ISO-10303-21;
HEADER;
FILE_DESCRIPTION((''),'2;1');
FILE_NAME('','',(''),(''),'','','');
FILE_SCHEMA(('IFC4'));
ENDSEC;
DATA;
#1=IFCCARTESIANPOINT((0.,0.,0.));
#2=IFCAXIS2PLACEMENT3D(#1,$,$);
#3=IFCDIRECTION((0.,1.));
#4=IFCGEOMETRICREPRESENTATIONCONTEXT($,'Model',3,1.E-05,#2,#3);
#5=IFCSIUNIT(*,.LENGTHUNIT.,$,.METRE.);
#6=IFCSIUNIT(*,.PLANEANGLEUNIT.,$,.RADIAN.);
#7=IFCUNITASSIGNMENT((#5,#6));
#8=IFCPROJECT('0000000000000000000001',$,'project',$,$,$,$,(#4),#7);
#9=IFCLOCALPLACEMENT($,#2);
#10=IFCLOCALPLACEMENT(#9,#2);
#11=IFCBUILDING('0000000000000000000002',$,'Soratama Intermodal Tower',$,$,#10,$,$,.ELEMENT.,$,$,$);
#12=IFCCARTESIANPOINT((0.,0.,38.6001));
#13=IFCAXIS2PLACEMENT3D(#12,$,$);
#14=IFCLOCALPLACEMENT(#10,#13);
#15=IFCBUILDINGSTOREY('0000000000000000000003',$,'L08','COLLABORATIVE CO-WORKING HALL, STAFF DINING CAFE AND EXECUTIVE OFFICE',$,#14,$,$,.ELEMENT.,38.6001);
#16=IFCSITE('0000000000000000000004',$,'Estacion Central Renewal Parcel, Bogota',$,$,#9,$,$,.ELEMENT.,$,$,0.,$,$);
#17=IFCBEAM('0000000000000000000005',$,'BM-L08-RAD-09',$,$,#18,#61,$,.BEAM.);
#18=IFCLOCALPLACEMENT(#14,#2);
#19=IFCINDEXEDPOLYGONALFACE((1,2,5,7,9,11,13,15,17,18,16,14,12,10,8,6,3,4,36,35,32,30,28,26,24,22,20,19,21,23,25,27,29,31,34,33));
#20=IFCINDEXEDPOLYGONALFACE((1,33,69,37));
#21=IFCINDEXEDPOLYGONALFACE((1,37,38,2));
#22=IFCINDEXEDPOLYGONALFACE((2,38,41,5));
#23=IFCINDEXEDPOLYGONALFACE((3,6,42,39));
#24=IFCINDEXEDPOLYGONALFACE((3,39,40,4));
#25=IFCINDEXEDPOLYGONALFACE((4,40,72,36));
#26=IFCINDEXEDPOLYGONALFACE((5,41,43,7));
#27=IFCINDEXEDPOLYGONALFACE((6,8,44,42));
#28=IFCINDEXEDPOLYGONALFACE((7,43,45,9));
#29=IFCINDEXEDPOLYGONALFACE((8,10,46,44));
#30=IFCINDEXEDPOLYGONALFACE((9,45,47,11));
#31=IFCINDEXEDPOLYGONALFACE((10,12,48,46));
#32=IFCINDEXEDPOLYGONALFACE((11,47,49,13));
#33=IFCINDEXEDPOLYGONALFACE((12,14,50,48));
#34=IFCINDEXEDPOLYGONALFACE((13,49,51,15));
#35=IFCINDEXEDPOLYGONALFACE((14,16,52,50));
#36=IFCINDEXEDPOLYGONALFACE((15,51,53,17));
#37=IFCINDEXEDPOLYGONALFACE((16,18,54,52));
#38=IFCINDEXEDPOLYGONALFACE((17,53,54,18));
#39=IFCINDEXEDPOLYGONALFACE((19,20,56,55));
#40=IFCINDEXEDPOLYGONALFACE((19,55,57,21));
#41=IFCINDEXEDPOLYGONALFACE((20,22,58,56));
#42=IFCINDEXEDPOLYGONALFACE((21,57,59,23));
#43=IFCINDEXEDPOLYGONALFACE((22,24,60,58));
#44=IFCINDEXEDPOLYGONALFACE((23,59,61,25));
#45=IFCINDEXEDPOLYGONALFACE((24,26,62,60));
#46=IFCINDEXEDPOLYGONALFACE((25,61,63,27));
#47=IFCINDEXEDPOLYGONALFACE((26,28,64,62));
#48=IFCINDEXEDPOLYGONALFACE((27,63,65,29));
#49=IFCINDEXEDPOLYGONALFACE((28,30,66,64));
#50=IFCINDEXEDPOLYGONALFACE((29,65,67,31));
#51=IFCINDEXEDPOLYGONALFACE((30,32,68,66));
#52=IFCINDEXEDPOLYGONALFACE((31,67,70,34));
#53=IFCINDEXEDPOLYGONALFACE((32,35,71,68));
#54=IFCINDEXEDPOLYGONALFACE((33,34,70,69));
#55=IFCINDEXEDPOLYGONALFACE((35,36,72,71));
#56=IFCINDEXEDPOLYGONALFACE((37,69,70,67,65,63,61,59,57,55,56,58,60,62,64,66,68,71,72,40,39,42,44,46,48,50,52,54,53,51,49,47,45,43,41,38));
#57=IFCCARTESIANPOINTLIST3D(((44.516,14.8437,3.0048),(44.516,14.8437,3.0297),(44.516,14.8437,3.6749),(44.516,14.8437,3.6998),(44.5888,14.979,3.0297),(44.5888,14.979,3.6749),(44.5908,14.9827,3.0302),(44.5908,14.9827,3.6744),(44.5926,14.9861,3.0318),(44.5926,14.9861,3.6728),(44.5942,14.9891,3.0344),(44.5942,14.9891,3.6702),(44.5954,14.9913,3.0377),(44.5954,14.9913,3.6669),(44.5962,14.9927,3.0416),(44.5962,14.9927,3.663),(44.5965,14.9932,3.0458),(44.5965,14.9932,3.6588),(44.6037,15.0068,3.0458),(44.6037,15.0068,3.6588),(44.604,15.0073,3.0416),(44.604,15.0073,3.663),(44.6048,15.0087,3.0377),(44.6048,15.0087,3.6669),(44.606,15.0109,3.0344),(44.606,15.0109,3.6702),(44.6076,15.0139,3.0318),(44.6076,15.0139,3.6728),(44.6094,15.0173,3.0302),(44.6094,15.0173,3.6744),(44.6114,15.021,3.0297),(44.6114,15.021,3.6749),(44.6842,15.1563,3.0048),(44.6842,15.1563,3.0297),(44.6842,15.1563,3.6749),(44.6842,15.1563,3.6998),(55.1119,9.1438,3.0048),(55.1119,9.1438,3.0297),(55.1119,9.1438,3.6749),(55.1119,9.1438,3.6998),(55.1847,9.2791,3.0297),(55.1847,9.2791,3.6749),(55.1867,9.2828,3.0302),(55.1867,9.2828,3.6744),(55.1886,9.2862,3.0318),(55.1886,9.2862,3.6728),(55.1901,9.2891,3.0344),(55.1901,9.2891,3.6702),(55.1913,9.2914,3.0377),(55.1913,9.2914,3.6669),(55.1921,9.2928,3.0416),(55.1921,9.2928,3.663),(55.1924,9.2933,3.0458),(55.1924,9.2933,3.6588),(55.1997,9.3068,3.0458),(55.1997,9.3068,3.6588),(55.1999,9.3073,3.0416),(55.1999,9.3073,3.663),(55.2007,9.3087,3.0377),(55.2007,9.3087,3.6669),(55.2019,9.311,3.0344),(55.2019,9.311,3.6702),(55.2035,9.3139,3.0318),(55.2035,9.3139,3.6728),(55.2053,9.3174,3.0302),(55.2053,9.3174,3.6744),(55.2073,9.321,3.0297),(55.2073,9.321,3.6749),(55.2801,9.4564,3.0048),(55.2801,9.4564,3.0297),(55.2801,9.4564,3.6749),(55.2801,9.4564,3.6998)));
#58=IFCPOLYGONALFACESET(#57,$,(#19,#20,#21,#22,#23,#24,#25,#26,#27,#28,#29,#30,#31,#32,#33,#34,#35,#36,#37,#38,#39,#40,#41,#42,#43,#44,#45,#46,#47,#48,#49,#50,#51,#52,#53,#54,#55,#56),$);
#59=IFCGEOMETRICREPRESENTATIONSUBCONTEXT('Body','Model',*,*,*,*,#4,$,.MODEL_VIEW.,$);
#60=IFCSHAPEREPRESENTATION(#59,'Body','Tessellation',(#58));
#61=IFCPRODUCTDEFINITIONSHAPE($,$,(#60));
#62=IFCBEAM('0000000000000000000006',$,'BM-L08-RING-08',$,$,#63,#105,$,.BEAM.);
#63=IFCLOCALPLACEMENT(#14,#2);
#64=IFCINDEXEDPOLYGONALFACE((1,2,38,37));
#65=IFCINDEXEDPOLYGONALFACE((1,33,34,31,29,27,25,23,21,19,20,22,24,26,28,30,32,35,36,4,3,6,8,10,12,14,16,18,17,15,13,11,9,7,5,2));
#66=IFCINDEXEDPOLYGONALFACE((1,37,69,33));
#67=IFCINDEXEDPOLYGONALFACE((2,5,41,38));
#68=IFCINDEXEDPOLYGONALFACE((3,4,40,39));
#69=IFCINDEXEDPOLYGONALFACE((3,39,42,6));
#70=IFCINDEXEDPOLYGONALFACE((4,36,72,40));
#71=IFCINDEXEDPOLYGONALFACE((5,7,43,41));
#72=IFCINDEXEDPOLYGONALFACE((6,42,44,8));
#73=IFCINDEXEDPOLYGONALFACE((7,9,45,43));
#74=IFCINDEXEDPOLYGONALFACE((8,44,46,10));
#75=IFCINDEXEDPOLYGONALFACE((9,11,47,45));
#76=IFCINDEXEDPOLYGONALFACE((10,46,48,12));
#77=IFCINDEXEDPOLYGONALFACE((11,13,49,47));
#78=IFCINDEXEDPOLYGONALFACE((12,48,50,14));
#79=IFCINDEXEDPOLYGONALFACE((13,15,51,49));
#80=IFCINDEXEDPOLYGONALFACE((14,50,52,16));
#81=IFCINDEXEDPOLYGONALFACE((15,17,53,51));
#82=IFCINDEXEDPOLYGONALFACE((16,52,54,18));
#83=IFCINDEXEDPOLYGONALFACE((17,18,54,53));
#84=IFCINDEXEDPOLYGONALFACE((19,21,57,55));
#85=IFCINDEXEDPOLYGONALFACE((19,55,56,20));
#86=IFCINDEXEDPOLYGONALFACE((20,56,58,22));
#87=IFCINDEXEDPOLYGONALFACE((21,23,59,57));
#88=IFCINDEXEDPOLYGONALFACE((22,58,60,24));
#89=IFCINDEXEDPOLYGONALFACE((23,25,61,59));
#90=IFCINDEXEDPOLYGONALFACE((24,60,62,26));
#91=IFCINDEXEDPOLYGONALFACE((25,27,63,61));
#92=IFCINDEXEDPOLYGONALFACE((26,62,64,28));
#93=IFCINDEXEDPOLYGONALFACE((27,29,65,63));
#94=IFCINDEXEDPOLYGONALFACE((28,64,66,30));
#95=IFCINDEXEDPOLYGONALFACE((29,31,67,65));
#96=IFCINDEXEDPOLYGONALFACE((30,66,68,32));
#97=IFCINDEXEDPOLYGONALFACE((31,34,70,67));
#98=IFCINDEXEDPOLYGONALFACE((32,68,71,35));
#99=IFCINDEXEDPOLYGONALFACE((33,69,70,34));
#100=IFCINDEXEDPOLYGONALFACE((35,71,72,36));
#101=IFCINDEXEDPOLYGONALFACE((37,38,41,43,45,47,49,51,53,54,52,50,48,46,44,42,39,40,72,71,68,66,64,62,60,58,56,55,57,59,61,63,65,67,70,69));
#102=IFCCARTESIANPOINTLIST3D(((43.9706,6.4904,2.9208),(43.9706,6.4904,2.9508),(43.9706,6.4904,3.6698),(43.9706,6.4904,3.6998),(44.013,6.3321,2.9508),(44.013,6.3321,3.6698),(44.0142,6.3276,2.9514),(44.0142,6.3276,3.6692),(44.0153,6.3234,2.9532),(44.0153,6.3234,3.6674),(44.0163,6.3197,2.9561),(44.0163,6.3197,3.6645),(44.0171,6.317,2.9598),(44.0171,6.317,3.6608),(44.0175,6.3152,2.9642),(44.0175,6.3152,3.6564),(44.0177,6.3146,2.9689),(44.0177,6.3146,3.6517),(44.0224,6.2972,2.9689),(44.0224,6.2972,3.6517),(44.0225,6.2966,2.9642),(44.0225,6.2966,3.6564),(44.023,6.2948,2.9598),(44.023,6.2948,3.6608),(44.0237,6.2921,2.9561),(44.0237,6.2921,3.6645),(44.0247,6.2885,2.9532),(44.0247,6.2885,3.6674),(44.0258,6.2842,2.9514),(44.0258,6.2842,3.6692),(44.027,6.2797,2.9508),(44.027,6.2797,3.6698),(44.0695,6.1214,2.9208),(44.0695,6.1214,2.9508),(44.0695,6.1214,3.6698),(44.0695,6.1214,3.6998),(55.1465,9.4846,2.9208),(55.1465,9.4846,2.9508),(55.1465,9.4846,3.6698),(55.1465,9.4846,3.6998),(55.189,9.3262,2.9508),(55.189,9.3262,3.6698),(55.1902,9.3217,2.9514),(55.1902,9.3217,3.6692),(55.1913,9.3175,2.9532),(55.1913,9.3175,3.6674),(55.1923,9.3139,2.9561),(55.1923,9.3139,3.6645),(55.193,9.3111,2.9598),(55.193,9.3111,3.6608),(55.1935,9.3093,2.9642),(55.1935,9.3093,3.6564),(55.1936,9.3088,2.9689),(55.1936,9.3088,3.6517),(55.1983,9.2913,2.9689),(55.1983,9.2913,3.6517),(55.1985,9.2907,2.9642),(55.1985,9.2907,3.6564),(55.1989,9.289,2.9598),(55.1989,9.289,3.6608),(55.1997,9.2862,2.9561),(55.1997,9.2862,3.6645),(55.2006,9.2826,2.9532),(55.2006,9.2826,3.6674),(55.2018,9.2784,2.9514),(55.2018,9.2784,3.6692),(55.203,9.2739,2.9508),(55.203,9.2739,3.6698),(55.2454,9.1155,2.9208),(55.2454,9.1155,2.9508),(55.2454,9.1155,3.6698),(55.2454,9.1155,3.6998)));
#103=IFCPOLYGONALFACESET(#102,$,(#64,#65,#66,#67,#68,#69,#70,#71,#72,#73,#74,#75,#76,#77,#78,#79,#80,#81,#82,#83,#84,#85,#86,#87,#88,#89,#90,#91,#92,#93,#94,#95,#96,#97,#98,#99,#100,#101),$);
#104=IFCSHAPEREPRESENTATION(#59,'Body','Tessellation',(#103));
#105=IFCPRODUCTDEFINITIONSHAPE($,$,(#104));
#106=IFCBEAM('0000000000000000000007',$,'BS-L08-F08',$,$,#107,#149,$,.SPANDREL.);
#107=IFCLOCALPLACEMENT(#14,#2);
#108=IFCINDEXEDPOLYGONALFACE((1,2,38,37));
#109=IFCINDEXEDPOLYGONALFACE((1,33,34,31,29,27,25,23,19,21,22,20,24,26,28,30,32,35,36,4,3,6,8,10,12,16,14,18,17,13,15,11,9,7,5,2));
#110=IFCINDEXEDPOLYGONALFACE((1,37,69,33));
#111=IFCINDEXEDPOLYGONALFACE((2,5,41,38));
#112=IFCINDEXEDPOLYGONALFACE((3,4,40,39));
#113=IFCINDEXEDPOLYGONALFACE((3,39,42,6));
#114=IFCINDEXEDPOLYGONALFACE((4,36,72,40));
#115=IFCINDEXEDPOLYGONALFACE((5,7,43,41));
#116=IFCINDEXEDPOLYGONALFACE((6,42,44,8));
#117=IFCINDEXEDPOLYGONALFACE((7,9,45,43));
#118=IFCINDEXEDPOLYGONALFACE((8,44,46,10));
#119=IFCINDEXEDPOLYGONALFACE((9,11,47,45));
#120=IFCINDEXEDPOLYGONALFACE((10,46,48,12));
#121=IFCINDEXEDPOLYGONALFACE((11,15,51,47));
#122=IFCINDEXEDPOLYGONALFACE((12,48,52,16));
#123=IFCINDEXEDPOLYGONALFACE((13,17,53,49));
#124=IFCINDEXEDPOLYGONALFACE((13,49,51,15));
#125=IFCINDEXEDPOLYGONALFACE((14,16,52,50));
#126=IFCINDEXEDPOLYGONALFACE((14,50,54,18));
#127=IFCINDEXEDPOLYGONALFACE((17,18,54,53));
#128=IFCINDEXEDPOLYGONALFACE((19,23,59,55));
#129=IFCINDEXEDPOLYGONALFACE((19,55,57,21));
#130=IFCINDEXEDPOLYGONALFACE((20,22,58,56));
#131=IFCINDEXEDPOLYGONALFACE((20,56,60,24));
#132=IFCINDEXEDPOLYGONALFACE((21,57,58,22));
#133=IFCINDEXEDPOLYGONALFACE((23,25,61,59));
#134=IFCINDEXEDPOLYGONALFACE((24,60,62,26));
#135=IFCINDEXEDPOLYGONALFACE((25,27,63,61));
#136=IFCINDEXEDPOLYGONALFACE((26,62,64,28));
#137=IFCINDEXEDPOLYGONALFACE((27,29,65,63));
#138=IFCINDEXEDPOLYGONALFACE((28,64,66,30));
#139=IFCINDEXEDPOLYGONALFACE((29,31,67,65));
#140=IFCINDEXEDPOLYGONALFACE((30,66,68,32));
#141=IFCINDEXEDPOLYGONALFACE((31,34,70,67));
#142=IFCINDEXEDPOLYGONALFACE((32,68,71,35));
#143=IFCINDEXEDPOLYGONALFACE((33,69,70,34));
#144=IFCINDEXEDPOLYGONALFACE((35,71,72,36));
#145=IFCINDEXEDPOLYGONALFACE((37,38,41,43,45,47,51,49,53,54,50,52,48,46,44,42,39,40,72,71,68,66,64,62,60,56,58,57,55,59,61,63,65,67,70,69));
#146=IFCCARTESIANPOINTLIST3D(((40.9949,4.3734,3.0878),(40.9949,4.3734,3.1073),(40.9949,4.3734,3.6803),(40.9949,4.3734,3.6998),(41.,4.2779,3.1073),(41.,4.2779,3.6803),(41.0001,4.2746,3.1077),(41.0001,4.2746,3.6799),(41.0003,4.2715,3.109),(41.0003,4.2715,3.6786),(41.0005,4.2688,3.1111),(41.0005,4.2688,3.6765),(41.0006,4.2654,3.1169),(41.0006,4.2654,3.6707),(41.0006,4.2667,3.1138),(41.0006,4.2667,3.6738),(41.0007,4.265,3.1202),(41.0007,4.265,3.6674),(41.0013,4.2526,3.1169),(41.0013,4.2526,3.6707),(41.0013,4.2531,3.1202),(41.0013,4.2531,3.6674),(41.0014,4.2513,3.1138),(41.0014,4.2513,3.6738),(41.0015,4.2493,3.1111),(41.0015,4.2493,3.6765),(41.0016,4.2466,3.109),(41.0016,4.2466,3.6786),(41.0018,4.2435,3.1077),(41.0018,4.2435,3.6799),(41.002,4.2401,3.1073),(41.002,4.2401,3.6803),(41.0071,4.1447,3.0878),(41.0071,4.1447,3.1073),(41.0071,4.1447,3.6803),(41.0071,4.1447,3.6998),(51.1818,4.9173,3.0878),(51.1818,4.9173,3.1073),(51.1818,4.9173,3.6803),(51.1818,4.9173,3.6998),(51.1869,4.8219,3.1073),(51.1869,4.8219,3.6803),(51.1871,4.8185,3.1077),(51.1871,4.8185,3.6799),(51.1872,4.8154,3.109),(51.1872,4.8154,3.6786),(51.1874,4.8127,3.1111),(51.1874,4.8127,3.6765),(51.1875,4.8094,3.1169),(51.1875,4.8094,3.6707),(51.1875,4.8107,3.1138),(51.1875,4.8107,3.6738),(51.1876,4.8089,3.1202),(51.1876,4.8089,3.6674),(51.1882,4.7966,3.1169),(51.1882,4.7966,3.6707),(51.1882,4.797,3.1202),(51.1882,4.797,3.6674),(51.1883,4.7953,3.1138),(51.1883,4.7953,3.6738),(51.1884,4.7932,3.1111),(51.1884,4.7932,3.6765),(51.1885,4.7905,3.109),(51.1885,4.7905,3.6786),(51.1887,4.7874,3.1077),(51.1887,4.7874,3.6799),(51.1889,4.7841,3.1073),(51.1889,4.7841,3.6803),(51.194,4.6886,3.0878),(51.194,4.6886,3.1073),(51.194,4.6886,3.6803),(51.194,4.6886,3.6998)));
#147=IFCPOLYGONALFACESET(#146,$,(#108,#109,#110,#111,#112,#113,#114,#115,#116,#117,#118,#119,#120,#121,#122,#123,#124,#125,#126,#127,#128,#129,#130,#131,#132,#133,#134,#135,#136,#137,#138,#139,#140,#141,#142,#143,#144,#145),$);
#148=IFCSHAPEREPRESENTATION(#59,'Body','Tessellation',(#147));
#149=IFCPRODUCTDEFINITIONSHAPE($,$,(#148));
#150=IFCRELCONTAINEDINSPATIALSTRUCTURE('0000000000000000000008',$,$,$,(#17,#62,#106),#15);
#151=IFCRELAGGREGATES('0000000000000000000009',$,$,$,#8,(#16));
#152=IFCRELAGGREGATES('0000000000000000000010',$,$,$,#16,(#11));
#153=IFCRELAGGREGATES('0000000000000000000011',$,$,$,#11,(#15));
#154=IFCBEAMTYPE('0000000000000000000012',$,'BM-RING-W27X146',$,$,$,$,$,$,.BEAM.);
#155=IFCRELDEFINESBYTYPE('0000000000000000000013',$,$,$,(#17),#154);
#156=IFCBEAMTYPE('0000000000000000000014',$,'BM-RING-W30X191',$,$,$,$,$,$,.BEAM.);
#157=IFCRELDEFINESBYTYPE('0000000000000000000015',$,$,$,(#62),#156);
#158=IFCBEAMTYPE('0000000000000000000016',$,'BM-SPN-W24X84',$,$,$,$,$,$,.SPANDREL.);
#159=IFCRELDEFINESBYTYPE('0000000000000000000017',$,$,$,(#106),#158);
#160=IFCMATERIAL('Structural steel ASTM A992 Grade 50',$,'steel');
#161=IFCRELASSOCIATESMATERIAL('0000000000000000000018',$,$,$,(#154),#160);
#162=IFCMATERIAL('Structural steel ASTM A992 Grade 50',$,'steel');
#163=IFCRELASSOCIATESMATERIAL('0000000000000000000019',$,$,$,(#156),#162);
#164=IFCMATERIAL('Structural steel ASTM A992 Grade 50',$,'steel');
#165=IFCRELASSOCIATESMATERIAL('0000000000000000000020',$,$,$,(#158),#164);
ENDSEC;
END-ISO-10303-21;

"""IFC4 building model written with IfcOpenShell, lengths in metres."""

from ifc_helpers import new_model, si_unit, direction, frame, origin, origin_2d, place, context, subcontext, project, spatial, i_section, extrude, material, material_profile, profile_set, type_object, element, save


model = new_model("IFC4")

# Units and contexts
model_context = context("Model", 3, precision=1e-05, world=origin(), true_north=direction((0.0, 1.0)))
body_context = subcontext(model_context, "Body", "Model", "MODEL_VIEW")
ifc_project = project(units=[si_unit("LENGTHUNIT", "METRE"), si_unit("PLANEANGLEUNIT", "RADIAN")], contexts=[model_context])

# Site, building, storey
site_placement = place(None, origin())
site = spatial("IfcSite", under=ifc_project, at=site_placement, Name="Estacion Central Renewal Parcel, Bogota", CompositionType="ELEMENT", RefElevation=0.0)
building_placement = place(site_placement, origin())
building = spatial("IfcBuilding", under=site, at=building_placement, Name="Soratama Intermodal Tower", CompositionType="ELEMENT")
storey_placement = place(building_placement, frame((0.0, 0.0, 38.6001)))
storey = spatial("IfcBuildingStorey", under=building, at=storey_placement, Name="L08", Description="COLLABORATIVE CO-WORKING HALL, STAFF DINING CAFE AND EXECUTIVE OFFICE", CompositionType="ELEMENT", Elevation=38.6001)

# Beams
ifc_material_1 = material(Name="Structural steel ASTM A992 Grade 50", Category="steel")
ifc_material_profile_1 = material_profile(ifc_material_1, i_section(OverallWidth=0.355, OverallDepth=0.6951, WebThickness=0.0154, FlangeThickness=0.0249, FilletRadius=0.0161, at=origin_2d()), Name="W27X146")
ifc_profile_set_1 = profile_set([ifc_material_profile_1], Name="Structural steel ASTM A992 Grade 50")
beam_type_1 = type_object("IfcBeamType", Name="BM-RING-W27X146", PredefinedType="BEAM", material=ifc_profile_set_1)
beam_1_placement = place(storey_placement, frame((44.6001, 15.0, 3.3523), z_axis=(0.880664, -0.473742, 0.0), x_axis=(0.473742, 0.880664, 0.0)))
element("IfcBeam", 1, at=beam_1_placement, inside=storey, type_object=beam_type_1, Name="BM-L08-RAD-09", PredefinedType="BEAM", context=body_context, shape_type="SweptSolid", body=[
    extrude(i_section(OverallWidth=0.355, OverallDepth=0.6951, WebThickness=0.0154, FlangeThickness=0.0249, FilletRadius=0.0161, at=origin_2d()), origin(), (0.0, 0.0, 1.0), 12.0317),
])
ifc_material_2 = material(Name="Structural steel ASTM A992 Grade 50", Category="steel")
ifc_material_profile_2 = material_profile(ifc_material_2, i_section(OverallWidth=0.3821, OverallDepth=0.7791, WebThickness=0.0181, FlangeThickness=0.03, FilletRadius=0.0181, at=origin_2d()), Name="W30X191")
ifc_profile_set_2 = profile_set([ifc_material_profile_2], Name="Structural steel ASTM A992 Grade 50")
beam_type_2 = type_object("IfcBeamType", Name="BM-RING-W30X191", PredefinedType="BEAM", material=ifc_profile_set_2)
beam_2_placement = place(storey_placement, frame((44.02, 6.3059, 3.3103), z_axis=(0.965936, 0.258781, 0.0), x_axis=(-0.258781, 0.965936, 0.0)))
element("IfcBeam", 2, at=beam_2_placement, inside=storey, type_object=beam_type_2, Name="BM-L08-RING-08", PredefinedType="BEAM", context=body_context, shape_type="SweptSolid", body=[
    extrude(i_section(OverallWidth=0.3821, OverallDepth=0.7791, WebThickness=0.0181, FlangeThickness=0.03, FilletRadius=0.0181, at=origin_2d()), origin(), (0.0, 0.0, 1.0), 11.5701),
])
ifc_material_3 = material(Name="Structural steel ASTM A992 Grade 50", Category="steel")
ifc_material_profile_3 = material_profile(ifc_material_3, i_section(OverallWidth=0.229, OverallDepth=0.6121, WebThickness=0.012, FlangeThickness=0.0195, FilletRadius=0.0129, at=origin_2d()), Name="W24X84")
ifc_profile_set_3 = profile_set([ifc_material_profile_3], Name="Structural steel ASTM A992 Grade 50")
beam_type_3 = type_object("IfcBeamType", Name="BM-SPN-W24X84", PredefinedType="SPANDREL", material=ifc_profile_set_3)
beam_3_placement = place(storey_placement, frame((41.001, 4.259, 3.3938), z_axis=(0.998577, 0.05332, 0.0), x_axis=(-0.05332, 0.998577, 0.0)))
element("IfcBeam", 3, at=beam_3_placement, inside=storey, type_object=beam_type_3, Name="BS-L08-F08", PredefinedType="SPANDREL", context=body_context, shape_type="SweptSolid", body=[
    extrude(i_section(OverallWidth=0.229, OverallDepth=0.6121, WebThickness=0.012, FlangeThickness=0.0195, FilletRadius=0.0129, at=origin_2d()), origin(), (0.0, 0.0, 1.0), 10.2014),
])

save(model, "model.ifc")
